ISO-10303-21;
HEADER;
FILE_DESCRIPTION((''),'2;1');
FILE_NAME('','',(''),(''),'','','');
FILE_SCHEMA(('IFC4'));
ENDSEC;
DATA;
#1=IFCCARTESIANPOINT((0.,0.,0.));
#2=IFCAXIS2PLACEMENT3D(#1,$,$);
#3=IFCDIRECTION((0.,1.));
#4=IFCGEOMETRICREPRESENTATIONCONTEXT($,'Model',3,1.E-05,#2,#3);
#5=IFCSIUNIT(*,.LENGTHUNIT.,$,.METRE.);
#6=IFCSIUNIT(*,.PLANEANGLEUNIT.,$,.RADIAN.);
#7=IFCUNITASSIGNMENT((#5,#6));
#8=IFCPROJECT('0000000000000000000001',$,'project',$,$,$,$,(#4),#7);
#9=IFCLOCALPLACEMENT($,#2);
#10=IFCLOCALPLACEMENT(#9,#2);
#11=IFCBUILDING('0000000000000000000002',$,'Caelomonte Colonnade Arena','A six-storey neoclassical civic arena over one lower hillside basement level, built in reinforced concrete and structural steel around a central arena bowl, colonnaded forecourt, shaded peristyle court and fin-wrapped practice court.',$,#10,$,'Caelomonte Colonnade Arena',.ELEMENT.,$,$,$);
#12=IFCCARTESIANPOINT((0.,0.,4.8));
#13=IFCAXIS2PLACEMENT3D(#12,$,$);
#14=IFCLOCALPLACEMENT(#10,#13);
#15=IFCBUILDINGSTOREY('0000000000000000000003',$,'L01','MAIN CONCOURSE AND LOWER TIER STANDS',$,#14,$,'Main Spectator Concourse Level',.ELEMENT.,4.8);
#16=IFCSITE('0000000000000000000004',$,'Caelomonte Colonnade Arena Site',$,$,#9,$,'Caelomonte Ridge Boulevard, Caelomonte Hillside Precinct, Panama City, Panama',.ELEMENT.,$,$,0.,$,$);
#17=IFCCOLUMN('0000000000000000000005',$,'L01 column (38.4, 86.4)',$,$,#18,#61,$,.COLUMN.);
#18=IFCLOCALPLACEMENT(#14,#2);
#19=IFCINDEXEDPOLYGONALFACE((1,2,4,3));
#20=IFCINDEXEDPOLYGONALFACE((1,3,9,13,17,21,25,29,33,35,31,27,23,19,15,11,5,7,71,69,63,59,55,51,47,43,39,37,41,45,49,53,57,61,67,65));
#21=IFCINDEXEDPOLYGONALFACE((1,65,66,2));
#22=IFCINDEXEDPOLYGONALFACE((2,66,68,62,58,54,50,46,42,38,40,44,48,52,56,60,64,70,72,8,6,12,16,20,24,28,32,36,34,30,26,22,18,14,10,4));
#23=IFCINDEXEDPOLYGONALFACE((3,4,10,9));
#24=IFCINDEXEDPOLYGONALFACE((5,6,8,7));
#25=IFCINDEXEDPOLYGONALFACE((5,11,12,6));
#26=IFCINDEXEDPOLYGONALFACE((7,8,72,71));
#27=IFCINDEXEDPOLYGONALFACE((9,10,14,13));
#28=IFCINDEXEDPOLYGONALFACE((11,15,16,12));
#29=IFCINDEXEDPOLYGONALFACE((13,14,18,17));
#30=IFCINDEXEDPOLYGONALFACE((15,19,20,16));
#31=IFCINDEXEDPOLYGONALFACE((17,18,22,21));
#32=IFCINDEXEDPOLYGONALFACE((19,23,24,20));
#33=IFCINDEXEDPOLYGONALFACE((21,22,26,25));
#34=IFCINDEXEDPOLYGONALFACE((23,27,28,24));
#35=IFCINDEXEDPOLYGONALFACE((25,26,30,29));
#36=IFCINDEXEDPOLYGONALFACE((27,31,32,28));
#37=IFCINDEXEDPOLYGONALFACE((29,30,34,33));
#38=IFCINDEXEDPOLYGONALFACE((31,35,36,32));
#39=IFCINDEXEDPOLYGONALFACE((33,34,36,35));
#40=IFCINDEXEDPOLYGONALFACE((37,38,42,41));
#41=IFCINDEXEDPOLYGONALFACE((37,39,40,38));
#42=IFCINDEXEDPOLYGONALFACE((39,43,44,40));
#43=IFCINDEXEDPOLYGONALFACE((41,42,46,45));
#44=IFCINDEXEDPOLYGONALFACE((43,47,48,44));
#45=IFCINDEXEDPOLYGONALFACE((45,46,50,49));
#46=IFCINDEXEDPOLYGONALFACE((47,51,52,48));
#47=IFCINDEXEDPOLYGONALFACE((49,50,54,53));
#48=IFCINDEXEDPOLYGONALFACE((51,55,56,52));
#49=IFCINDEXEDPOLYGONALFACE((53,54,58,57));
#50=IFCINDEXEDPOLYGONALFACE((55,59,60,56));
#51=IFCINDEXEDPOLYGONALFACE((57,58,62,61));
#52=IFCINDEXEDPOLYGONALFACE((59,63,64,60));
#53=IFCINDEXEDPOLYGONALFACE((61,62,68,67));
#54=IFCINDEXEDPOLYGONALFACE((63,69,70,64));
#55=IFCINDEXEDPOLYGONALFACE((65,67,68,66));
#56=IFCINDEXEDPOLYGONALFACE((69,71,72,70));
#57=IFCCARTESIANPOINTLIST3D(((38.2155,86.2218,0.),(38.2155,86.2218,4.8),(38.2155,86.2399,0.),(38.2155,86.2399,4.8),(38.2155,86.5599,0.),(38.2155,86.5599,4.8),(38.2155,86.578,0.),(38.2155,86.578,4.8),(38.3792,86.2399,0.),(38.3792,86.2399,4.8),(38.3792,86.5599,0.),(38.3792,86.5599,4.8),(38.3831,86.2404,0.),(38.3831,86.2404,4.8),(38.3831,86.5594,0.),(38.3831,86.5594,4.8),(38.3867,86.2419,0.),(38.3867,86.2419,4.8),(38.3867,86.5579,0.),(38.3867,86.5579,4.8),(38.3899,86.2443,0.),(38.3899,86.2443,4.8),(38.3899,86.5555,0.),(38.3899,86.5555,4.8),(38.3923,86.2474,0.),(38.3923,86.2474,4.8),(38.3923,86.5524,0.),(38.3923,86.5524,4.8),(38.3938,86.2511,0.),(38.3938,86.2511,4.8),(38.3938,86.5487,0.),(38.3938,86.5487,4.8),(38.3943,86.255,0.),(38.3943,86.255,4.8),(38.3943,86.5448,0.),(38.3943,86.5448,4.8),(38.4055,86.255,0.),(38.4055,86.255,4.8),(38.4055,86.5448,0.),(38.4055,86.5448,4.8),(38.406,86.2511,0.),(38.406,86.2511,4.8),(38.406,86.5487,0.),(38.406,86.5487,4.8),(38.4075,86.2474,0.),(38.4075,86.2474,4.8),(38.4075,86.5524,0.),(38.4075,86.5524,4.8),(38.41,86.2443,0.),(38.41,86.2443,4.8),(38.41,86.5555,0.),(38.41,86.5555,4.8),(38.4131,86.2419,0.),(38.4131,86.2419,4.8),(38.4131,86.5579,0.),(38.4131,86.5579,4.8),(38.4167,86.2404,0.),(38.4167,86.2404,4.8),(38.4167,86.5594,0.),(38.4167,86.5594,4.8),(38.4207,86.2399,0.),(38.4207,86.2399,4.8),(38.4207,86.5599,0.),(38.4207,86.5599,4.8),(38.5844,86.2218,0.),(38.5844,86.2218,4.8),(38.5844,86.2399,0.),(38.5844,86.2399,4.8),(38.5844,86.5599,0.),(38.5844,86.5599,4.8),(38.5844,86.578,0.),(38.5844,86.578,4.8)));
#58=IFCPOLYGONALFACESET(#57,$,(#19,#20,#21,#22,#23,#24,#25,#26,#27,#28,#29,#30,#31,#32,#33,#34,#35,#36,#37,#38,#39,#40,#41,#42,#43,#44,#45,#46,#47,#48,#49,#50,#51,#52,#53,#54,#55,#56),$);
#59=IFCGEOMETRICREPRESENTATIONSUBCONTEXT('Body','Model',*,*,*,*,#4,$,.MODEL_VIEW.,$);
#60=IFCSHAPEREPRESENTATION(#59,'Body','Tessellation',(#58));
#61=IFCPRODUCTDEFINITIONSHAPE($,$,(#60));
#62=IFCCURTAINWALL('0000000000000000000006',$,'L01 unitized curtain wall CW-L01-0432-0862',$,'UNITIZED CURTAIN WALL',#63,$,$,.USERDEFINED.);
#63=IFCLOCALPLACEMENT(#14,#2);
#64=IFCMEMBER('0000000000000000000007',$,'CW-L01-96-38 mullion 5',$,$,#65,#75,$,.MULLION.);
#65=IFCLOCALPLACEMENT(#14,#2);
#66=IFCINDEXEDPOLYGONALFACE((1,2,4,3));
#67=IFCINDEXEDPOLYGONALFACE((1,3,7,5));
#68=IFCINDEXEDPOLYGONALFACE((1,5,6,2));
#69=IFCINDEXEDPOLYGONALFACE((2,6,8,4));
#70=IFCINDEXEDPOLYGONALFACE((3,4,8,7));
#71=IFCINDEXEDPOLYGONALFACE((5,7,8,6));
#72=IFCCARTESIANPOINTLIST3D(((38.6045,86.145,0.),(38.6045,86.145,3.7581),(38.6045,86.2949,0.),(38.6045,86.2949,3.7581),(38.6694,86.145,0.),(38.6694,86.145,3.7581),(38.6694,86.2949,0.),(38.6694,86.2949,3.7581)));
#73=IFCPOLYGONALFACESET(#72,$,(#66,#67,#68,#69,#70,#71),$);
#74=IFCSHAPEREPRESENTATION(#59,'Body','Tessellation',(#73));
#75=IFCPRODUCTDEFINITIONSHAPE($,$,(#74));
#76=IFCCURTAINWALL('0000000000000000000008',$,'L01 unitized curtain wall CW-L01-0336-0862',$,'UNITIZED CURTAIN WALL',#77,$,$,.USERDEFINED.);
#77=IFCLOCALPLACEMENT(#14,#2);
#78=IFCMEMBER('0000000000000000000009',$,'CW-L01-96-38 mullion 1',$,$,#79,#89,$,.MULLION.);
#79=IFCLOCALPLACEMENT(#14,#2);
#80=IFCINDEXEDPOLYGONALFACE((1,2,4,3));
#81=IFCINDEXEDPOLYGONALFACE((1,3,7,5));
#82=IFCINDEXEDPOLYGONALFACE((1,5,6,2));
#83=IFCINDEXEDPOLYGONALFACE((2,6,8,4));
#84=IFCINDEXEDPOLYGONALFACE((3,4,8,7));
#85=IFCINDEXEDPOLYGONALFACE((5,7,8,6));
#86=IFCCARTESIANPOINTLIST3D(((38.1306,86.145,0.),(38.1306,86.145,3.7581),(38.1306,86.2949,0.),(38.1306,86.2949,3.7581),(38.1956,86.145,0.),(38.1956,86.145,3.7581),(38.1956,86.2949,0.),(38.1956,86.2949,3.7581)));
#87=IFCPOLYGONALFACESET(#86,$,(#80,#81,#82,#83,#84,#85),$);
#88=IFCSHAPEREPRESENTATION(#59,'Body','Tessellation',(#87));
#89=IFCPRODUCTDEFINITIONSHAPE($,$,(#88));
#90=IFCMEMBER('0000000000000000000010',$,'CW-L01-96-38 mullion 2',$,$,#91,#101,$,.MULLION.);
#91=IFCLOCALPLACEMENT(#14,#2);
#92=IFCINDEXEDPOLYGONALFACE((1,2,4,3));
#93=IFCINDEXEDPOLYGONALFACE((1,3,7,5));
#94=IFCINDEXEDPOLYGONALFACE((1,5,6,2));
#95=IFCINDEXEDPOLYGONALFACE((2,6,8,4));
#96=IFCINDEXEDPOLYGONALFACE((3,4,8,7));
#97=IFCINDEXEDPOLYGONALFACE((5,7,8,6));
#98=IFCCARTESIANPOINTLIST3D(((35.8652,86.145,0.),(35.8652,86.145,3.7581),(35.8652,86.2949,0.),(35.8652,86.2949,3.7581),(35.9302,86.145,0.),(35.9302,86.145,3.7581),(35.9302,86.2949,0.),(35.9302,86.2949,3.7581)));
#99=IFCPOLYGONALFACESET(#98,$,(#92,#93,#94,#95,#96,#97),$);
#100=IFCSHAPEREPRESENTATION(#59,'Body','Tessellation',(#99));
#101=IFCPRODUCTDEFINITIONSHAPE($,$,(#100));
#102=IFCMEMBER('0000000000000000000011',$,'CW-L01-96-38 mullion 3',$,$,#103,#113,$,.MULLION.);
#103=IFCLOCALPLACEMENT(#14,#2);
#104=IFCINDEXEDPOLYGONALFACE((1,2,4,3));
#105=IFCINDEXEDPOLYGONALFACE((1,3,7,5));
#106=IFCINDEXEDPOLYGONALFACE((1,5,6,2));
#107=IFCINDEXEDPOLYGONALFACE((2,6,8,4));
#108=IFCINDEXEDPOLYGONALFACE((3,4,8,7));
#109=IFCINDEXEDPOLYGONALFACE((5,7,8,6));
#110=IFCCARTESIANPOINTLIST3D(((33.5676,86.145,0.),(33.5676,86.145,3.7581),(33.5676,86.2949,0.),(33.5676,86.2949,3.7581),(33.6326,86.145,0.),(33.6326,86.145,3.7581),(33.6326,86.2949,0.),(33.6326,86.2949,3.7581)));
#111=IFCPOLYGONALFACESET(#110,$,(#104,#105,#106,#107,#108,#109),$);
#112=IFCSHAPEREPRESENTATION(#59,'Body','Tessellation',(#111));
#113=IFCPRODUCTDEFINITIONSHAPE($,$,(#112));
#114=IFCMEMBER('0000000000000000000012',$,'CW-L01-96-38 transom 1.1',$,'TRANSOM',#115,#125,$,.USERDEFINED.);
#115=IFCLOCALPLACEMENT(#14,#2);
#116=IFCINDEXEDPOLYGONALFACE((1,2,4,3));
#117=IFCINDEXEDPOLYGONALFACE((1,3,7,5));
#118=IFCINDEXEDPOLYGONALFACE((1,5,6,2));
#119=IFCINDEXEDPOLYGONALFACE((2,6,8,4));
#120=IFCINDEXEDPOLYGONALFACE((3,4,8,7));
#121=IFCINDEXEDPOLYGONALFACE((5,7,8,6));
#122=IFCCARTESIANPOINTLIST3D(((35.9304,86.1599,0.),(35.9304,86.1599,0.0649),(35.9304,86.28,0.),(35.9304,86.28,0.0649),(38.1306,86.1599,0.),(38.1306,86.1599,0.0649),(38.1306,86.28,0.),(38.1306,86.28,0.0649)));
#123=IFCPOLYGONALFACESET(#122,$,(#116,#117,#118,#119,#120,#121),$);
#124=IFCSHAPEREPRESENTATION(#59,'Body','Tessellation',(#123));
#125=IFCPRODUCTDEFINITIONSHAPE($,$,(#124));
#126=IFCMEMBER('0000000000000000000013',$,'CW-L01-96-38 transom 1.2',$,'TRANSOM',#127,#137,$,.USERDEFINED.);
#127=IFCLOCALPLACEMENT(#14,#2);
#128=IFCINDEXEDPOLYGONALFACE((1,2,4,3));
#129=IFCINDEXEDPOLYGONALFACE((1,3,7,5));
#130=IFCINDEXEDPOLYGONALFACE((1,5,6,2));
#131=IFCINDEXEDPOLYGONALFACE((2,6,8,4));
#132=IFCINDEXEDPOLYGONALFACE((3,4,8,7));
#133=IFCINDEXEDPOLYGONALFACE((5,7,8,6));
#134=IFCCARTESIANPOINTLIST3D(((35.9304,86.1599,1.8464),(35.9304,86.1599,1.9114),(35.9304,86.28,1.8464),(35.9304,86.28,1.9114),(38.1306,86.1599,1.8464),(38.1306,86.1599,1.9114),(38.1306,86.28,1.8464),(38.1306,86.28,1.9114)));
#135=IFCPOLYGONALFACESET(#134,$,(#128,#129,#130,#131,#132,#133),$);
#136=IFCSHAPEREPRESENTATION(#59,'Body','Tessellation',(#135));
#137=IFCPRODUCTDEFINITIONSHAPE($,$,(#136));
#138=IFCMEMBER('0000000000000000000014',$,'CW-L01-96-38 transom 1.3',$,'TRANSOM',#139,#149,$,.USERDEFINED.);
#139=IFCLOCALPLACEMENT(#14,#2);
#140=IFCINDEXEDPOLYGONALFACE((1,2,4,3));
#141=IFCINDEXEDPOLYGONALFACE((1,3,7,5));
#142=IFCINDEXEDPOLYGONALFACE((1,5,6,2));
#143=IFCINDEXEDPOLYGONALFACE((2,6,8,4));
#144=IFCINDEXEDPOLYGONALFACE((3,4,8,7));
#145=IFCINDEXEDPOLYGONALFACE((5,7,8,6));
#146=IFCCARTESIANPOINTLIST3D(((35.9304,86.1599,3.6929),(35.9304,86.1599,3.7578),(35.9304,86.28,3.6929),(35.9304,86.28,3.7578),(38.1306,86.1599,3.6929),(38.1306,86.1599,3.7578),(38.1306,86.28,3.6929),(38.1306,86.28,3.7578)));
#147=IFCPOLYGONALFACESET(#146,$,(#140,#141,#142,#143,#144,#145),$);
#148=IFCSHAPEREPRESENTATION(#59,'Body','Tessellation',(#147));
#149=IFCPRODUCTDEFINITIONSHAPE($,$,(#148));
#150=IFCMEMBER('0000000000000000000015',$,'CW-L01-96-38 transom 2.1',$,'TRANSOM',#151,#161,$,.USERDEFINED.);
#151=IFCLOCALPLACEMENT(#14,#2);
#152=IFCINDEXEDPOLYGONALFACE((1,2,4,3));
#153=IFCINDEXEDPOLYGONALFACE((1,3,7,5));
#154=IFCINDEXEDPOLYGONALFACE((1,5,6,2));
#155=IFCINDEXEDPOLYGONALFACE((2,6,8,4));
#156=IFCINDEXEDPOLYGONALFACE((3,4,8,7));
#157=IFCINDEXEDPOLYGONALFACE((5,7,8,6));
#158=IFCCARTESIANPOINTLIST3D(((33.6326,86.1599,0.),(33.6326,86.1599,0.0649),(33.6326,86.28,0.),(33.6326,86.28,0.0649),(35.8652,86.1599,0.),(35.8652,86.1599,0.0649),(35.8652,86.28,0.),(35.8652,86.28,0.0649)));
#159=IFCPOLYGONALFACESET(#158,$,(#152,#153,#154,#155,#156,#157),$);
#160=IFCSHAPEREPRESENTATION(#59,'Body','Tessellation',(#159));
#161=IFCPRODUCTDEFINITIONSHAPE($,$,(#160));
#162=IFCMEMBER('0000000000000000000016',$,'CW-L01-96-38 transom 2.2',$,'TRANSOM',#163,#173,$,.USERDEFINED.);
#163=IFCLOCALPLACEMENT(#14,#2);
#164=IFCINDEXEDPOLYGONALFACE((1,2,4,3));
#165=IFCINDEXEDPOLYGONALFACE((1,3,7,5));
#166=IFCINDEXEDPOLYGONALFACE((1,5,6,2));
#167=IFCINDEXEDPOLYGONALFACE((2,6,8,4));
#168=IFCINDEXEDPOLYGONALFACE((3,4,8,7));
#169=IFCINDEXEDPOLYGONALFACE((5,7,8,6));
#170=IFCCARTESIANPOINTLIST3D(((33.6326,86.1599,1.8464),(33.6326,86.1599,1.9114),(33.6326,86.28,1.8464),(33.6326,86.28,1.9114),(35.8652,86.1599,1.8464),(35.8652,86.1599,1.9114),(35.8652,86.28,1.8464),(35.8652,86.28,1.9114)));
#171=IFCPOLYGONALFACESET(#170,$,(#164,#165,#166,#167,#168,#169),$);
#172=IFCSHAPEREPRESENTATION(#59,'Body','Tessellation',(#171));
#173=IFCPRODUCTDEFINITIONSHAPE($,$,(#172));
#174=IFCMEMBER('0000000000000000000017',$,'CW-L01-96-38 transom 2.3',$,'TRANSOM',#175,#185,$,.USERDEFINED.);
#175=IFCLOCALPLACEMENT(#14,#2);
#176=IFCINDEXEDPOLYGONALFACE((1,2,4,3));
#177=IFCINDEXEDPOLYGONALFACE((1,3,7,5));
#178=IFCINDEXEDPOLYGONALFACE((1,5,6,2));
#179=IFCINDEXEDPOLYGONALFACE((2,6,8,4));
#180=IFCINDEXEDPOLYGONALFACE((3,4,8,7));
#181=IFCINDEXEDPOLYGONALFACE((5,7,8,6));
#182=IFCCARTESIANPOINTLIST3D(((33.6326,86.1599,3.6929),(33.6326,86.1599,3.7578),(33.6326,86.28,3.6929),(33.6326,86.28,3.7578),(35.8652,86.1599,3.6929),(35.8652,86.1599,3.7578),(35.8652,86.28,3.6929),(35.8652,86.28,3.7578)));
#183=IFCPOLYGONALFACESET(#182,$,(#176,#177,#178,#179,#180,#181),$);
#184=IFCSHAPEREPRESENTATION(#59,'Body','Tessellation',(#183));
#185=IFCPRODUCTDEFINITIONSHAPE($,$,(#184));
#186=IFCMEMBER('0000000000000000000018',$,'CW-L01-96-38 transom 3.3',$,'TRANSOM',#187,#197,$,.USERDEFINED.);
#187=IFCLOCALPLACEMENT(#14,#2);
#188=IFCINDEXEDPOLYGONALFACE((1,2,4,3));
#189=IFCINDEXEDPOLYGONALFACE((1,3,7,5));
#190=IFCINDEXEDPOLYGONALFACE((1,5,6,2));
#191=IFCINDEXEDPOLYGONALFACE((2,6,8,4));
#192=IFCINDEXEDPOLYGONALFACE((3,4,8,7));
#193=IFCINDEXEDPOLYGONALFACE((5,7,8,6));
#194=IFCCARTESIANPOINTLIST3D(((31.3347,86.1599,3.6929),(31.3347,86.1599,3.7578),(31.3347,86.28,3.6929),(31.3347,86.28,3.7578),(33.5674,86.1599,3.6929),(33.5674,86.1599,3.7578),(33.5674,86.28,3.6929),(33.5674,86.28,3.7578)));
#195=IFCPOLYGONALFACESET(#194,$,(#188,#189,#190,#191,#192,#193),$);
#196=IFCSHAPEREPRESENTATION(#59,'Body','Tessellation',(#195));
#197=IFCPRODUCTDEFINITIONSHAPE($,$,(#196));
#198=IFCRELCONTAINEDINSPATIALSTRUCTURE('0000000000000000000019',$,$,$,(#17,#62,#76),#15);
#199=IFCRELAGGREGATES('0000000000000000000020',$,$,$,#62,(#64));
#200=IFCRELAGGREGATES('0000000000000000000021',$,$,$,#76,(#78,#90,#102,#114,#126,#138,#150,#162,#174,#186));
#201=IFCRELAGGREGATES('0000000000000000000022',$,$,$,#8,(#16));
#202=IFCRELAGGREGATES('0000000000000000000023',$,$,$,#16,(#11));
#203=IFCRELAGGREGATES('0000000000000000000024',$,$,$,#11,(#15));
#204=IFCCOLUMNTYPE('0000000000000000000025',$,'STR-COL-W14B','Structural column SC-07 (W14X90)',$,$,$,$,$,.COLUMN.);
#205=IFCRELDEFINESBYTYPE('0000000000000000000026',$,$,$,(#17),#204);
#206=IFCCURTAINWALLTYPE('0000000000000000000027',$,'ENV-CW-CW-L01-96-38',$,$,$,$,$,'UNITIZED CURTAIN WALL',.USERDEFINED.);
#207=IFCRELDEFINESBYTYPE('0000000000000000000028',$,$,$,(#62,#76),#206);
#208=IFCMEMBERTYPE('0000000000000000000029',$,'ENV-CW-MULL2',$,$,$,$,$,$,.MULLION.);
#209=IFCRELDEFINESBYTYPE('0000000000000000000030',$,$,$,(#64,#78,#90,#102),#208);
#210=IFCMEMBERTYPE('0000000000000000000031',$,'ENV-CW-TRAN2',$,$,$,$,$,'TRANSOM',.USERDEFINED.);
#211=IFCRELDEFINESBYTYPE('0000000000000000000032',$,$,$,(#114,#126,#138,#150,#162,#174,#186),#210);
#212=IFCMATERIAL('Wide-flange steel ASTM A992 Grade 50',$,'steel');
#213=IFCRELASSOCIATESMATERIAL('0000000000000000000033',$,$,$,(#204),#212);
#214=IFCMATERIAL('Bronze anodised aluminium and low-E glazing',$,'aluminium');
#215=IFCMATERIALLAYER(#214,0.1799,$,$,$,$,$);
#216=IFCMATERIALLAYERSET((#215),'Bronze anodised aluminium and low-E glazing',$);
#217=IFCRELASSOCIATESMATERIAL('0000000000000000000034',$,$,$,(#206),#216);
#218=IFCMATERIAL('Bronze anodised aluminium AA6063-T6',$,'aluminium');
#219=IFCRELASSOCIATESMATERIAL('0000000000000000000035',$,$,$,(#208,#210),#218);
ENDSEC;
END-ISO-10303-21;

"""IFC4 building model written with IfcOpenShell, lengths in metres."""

from ifc_helpers import new_model, si_unit, direction, frame, origin, origin_2d, place, context, subcontext, project, spatial, rectangle, i_section, extrude, material, layer, layer_set, material_profile, profile_set, type_object, element, aggregate, save


model = new_model("IFC4")

# Units and contexts
model_context = context("Model", 3, precision=1e-05, world=origin(), true_north=direction((0.0, 1.0)))
body_context = subcontext(model_context, "Body", "Model", "MODEL_VIEW")
ifc_project = project(units=[si_unit("LENGTHUNIT", "METRE"), si_unit("PLANEANGLEUNIT", "RADIAN")], contexts=[model_context])

# Site, building, storey
site_placement = place(None, origin())
site = spatial("IfcSite", under=ifc_project, at=site_placement, Name="Caelomonte Colonnade Arena Site", LongName="Caelomonte Ridge Boulevard, Caelomonte Hillside Precinct, Panama City, Panama", CompositionType="ELEMENT", RefElevation=0.0)
building_placement = place(site_placement, origin())
building = spatial("IfcBuilding", under=site, at=building_placement, Name="Caelomonte Colonnade Arena", Description="A six-storey neoclassical civic arena over one lower hillside basement level, built in reinforced concrete and structural steel around a central arena bowl, colonnaded forecourt, shaded peristyle court and fin-wrapped practice court.", LongName="Caelomonte Colonnade Arena", CompositionType="ELEMENT")
storey_placement = place(building_placement, frame((0.0, 0.0, 4.8)))
storey = spatial("IfcBuildingStorey", under=building, at=storey_placement, Name="L01", Description="MAIN CONCOURSE AND LOWER TIER STANDS", LongName="Main Spectator Concourse Level", CompositionType="ELEMENT", Elevation=4.8)

# Column
ifc_material_1 = material(Name="Wide-flange steel ASTM A992 Grade 50", Category="steel")
ifc_material_profile_1 = material_profile(ifc_material_1, i_section(OverallWidth=0.3689, OverallDepth=0.3562, WebThickness=0.0112, FlangeThickness=0.0181, FilletRadius=0.0151, at=origin_2d()), Name="W14X90")
ifc_profile_set_1 = profile_set([ifc_material_profile_1], Name="Wide-flange steel ASTM A992 Grade 50")
column_type = type_object("IfcColumnType", Name="STR-COL-W14B", Description="Structural column SC-07 (W14X90)", PredefinedType="COLUMN", material=ifc_profile_set_1)
column_placement = place(storey_placement, frame((38.3999, 86.3999, 0.0), z_axis=(0.0, 0.0, 1.0), x_axis=(1.0, 0.0, 0.0)))
element("IfcColumn", 1, at=column_placement, inside=storey, type_object=column_type, Name="L01 column (38.4, 86.4)", PredefinedType="COLUMN", context=body_context, shape_type="SweptSolid", body=[
    extrude(i_section(OverallWidth=0.3689, OverallDepth=0.3562, WebThickness=0.0112, FlangeThickness=0.0181, FilletRadius=0.0151, at=origin_2d()), origin(), (0.0, 0.0, 1.0), 4.8),
])

# Curtain wall, member
ifc_material_2 = material(Name="Bronze anodised aluminium and low-E glazing", Category="aluminium")
ifc_layer_1 = layer(ifc_material_2, 0.1799)
ifc_layer_set_1 = layer_set([ifc_layer_1], Name="Bronze anodised aluminium and low-E glazing")
curtain_wall_type = type_object("IfcCurtainWallType", Name="ENV-CW-CW-L01-96-38", ElementType="UNITIZED CURTAIN WALL", PredefinedType="USERDEFINED", material=ifc_layer_set_1)
curtain_wall_1_placement = place(storey_placement, origin())
curtain_wall_1 = element("IfcCurtainWall", 2, at=curtain_wall_1_placement, inside=storey, type_object=curtain_wall_type, Name="L01 unitized curtain wall CW-L01-0432-0862", ObjectType="UNITIZED CURTAIN WALL", PredefinedType="USERDEFINED")
ifc_material_3 = material(Name="Bronze anodised aluminium AA6063-T6", Category="aluminium")
ifc_material_profile_2 = material_profile(ifc_material_3, rectangle(XDim=0.0649, YDim=0.1499, at=origin_2d()), Name="CWM-65X150")
ifc_profile_set_2 = profile_set([ifc_material_profile_2], Name="Bronze anodised aluminium AA6063-T6")
member_type_1 = type_object("IfcMemberType", Name="ENV-CW-MULL2", PredefinedType="MULLION", material=ifc_profile_set_2)
member_1_placement = place(storey_placement, frame((38.637, 86.22, 0.0), z_axis=(0.0, 0.0, 1.0), x_axis=(-1.0, 0.0, 0.0)))
member_1 = element("IfcMember", 3, at=member_1_placement, type_object=member_type_1, Name="CW-L01-96-38 mullion 5", PredefinedType="MULLION", context=body_context, shape_type="SweptSolid", body=[
    extrude(rectangle(XDim=0.0649, YDim=0.1499, at=origin_2d()), origin(), (0.0, 0.0, 1.0), 3.7581),
])
aggregate(curtain_wall_1, [member_1])

# Curtain wall, members
curtain_wall_2_placement = place(storey_placement, origin())
curtain_wall_2 = element("IfcCurtainWall", 4, at=curtain_wall_2_placement, inside=storey, type_object=curtain_wall_type, Name="L01 unitized curtain wall CW-L01-0336-0862", ObjectType="UNITIZED CURTAIN WALL", PredefinedType="USERDEFINED")
member_2_placement = place(storey_placement, frame((38.1631, 86.22, 0.0), z_axis=(0.0, 0.0, 1.0), x_axis=(-1.0, 0.0, 0.0)))
member_2 = element("IfcMember", 5, at=member_2_placement, type_object=member_type_1, Name="CW-L01-96-38 mullion 1", PredefinedType="MULLION", context=body_context, shape_type="SweptSolid", body=[
    extrude(rectangle(XDim=0.0649, YDim=0.1499, at=origin_2d()), origin(), (0.0, 0.0, 1.0), 3.7581),
])
member_3_placement = place(storey_placement, frame((35.8977, 86.22, 0.0), z_axis=(0.0, 0.0, 1.0), x_axis=(-1.0, 0.0, 0.0)))
member_3 = element("IfcMember", 6, at=member_3_placement, type_object=member_type_1, Name="CW-L01-96-38 mullion 2", PredefinedType="MULLION", context=body_context, shape_type="SweptSolid", body=[
    extrude(rectangle(XDim=0.0649, YDim=0.1499, at=origin_2d()), origin(), (0.0, 0.0, 1.0), 3.7581),
])
member_4_placement = place(storey_placement, frame((33.6001, 86.22, 0.0), z_axis=(0.0, 0.0, 1.0), x_axis=(-1.0, 0.0, 0.0)))
member_4 = element("IfcMember", 7, at=member_4_placement, type_object=member_type_1, Name="CW-L01-96-38 mullion 3", PredefinedType="MULLION", context=body_context, shape_type="SweptSolid", body=[
    extrude(rectangle(XDim=0.0649, YDim=0.1499, at=origin_2d()), origin(), (0.0, 0.0, 1.0), 3.7581),
])
ifc_material_profile_3 = material_profile(ifc_material_3, rectangle(XDim=0.0649, YDim=0.1201, at=origin_2d()), Name="CWT-65X120")
ifc_profile_set_3 = profile_set([ifc_material_profile_3], Name="Bronze anodised aluminium AA6063-T6")
member_type_2 = type_object("IfcMemberType", Name="ENV-CW-TRAN2", ElementType="TRANSOM", PredefinedType="USERDEFINED", material=ifc_profile_set_3)
member_5_placement = place(storey_placement, frame((38.1306, 86.22, 0.0325), z_axis=(-1.0, 0.0, 0.0), x_axis=(0.0, 0.0, 1.0)))
member_5 = element("IfcMember", 8, at=member_5_placement, type_object=member_type_2, Name="CW-L01-96-38 transom 1.1", ObjectType="TRANSOM", PredefinedType="USERDEFINED", context=body_context, shape_type="SweptSolid", body=[
    extrude(rectangle(XDim=0.0649, YDim=0.1201, at=origin_2d()), origin(), (0.0, 0.0, 1.0), 2.2002),
])
member_6_placement = place(storey_placement, frame((38.1306, 86.22, 1.8789), z_axis=(-1.0, 0.0, 0.0), x_axis=(0.0, 0.0, 1.0)))
member_6 = element("IfcMember", 9, at=member_6_placement, type_object=member_type_2, Name="CW-L01-96-38 transom 1.2", ObjectType="TRANSOM", PredefinedType="USERDEFINED", context=body_context, shape_type="SweptSolid", body=[
    extrude(rectangle(XDim=0.0649, YDim=0.1201, at=origin_2d()), origin(), (0.0, 0.0, 1.0), 2.2002),
])
member_7_placement = place(storey_placement, frame((38.1306, 86.22, 3.7253), z_axis=(-1.0, 0.0, 0.0), x_axis=(0.0, 0.0, 1.0)))
member_7 = element("IfcMember", 10, at=member_7_placement, type_object=member_type_2, Name="CW-L01-96-38 transom 1.3", ObjectType="TRANSOM", PredefinedType="USERDEFINED", context=body_context, shape_type="SweptSolid", body=[
    extrude(rectangle(XDim=0.0649, YDim=0.1201, at=origin_2d()), origin(), (0.0, 0.0, 1.0), 2.2002),
])
member_8_placement = place(storey_placement, frame((35.8652, 86.22, 0.0325), z_axis=(-1.0, 0.0, 0.0), x_axis=(0.0, 0.0, 1.0)))
member_8 = element("IfcMember", 11, at=member_8_placement, type_object=member_type_2, Name="CW-L01-96-38 transom 2.1", ObjectType="TRANSOM", PredefinedType="USERDEFINED", context=body_context, shape_type="SweptSolid", body=[
    extrude(rectangle(XDim=0.0649, YDim=0.1201, at=origin_2d()), origin(), (0.0, 0.0, 1.0), 2.2327),
])
member_9_placement = place(storey_placement, frame((35.8652, 86.22, 1.8789), z_axis=(-1.0, 0.0, 0.0), x_axis=(0.0, 0.0, 1.0)))
member_9 = element("IfcMember", 12, at=member_9_placement, type_object=member_type_2, Name="CW-L01-96-38 transom 2.2", ObjectType="TRANSOM", PredefinedType="USERDEFINED", context=body_context, shape_type="SweptSolid", body=[
    extrude(rectangle(XDim=0.0649, YDim=0.1201, at=origin_2d()), origin(), (0.0, 0.0, 1.0), 2.2327),
])
member_10_placement = place(storey_placement, frame((35.8652, 86.22, 3.7253), z_axis=(-1.0, 0.0, 0.0), x_axis=(0.0, 0.0, 1.0)))
member_10 = element("IfcMember", 13, at=member_10_placement, type_object=member_type_2, Name="CW-L01-96-38 transom 2.3", ObjectType="TRANSOM", PredefinedType="USERDEFINED", context=body_context, shape_type="SweptSolid", body=[
    extrude(rectangle(XDim=0.0649, YDim=0.1201, at=origin_2d()), origin(), (0.0, 0.0, 1.0), 2.2327),
])
member_11_placement = place(storey_placement, frame((33.5674, 86.22, 3.7253), z_axis=(-1.0, 0.0, 0.0), x_axis=(0.0, 0.0, 1.0)))
member_11 = element("IfcMember", 14, at=member_11_placement, type_object=member_type_2, Name="CW-L01-96-38 transom 3.3", ObjectType="TRANSOM", PredefinedType="USERDEFINED", context=body_context, shape_type="SweptSolid", body=[
    extrude(rectangle(XDim=0.0649, YDim=0.1201, at=origin_2d()), origin(), (0.0, 0.0, 1.0), 2.2327),
])

aggregate(curtain_wall_2, [member_2, member_3, member_4, member_5, member_6, member_7, member_8, member_9, member_10, member_11])

save(model, "model.ifc")
